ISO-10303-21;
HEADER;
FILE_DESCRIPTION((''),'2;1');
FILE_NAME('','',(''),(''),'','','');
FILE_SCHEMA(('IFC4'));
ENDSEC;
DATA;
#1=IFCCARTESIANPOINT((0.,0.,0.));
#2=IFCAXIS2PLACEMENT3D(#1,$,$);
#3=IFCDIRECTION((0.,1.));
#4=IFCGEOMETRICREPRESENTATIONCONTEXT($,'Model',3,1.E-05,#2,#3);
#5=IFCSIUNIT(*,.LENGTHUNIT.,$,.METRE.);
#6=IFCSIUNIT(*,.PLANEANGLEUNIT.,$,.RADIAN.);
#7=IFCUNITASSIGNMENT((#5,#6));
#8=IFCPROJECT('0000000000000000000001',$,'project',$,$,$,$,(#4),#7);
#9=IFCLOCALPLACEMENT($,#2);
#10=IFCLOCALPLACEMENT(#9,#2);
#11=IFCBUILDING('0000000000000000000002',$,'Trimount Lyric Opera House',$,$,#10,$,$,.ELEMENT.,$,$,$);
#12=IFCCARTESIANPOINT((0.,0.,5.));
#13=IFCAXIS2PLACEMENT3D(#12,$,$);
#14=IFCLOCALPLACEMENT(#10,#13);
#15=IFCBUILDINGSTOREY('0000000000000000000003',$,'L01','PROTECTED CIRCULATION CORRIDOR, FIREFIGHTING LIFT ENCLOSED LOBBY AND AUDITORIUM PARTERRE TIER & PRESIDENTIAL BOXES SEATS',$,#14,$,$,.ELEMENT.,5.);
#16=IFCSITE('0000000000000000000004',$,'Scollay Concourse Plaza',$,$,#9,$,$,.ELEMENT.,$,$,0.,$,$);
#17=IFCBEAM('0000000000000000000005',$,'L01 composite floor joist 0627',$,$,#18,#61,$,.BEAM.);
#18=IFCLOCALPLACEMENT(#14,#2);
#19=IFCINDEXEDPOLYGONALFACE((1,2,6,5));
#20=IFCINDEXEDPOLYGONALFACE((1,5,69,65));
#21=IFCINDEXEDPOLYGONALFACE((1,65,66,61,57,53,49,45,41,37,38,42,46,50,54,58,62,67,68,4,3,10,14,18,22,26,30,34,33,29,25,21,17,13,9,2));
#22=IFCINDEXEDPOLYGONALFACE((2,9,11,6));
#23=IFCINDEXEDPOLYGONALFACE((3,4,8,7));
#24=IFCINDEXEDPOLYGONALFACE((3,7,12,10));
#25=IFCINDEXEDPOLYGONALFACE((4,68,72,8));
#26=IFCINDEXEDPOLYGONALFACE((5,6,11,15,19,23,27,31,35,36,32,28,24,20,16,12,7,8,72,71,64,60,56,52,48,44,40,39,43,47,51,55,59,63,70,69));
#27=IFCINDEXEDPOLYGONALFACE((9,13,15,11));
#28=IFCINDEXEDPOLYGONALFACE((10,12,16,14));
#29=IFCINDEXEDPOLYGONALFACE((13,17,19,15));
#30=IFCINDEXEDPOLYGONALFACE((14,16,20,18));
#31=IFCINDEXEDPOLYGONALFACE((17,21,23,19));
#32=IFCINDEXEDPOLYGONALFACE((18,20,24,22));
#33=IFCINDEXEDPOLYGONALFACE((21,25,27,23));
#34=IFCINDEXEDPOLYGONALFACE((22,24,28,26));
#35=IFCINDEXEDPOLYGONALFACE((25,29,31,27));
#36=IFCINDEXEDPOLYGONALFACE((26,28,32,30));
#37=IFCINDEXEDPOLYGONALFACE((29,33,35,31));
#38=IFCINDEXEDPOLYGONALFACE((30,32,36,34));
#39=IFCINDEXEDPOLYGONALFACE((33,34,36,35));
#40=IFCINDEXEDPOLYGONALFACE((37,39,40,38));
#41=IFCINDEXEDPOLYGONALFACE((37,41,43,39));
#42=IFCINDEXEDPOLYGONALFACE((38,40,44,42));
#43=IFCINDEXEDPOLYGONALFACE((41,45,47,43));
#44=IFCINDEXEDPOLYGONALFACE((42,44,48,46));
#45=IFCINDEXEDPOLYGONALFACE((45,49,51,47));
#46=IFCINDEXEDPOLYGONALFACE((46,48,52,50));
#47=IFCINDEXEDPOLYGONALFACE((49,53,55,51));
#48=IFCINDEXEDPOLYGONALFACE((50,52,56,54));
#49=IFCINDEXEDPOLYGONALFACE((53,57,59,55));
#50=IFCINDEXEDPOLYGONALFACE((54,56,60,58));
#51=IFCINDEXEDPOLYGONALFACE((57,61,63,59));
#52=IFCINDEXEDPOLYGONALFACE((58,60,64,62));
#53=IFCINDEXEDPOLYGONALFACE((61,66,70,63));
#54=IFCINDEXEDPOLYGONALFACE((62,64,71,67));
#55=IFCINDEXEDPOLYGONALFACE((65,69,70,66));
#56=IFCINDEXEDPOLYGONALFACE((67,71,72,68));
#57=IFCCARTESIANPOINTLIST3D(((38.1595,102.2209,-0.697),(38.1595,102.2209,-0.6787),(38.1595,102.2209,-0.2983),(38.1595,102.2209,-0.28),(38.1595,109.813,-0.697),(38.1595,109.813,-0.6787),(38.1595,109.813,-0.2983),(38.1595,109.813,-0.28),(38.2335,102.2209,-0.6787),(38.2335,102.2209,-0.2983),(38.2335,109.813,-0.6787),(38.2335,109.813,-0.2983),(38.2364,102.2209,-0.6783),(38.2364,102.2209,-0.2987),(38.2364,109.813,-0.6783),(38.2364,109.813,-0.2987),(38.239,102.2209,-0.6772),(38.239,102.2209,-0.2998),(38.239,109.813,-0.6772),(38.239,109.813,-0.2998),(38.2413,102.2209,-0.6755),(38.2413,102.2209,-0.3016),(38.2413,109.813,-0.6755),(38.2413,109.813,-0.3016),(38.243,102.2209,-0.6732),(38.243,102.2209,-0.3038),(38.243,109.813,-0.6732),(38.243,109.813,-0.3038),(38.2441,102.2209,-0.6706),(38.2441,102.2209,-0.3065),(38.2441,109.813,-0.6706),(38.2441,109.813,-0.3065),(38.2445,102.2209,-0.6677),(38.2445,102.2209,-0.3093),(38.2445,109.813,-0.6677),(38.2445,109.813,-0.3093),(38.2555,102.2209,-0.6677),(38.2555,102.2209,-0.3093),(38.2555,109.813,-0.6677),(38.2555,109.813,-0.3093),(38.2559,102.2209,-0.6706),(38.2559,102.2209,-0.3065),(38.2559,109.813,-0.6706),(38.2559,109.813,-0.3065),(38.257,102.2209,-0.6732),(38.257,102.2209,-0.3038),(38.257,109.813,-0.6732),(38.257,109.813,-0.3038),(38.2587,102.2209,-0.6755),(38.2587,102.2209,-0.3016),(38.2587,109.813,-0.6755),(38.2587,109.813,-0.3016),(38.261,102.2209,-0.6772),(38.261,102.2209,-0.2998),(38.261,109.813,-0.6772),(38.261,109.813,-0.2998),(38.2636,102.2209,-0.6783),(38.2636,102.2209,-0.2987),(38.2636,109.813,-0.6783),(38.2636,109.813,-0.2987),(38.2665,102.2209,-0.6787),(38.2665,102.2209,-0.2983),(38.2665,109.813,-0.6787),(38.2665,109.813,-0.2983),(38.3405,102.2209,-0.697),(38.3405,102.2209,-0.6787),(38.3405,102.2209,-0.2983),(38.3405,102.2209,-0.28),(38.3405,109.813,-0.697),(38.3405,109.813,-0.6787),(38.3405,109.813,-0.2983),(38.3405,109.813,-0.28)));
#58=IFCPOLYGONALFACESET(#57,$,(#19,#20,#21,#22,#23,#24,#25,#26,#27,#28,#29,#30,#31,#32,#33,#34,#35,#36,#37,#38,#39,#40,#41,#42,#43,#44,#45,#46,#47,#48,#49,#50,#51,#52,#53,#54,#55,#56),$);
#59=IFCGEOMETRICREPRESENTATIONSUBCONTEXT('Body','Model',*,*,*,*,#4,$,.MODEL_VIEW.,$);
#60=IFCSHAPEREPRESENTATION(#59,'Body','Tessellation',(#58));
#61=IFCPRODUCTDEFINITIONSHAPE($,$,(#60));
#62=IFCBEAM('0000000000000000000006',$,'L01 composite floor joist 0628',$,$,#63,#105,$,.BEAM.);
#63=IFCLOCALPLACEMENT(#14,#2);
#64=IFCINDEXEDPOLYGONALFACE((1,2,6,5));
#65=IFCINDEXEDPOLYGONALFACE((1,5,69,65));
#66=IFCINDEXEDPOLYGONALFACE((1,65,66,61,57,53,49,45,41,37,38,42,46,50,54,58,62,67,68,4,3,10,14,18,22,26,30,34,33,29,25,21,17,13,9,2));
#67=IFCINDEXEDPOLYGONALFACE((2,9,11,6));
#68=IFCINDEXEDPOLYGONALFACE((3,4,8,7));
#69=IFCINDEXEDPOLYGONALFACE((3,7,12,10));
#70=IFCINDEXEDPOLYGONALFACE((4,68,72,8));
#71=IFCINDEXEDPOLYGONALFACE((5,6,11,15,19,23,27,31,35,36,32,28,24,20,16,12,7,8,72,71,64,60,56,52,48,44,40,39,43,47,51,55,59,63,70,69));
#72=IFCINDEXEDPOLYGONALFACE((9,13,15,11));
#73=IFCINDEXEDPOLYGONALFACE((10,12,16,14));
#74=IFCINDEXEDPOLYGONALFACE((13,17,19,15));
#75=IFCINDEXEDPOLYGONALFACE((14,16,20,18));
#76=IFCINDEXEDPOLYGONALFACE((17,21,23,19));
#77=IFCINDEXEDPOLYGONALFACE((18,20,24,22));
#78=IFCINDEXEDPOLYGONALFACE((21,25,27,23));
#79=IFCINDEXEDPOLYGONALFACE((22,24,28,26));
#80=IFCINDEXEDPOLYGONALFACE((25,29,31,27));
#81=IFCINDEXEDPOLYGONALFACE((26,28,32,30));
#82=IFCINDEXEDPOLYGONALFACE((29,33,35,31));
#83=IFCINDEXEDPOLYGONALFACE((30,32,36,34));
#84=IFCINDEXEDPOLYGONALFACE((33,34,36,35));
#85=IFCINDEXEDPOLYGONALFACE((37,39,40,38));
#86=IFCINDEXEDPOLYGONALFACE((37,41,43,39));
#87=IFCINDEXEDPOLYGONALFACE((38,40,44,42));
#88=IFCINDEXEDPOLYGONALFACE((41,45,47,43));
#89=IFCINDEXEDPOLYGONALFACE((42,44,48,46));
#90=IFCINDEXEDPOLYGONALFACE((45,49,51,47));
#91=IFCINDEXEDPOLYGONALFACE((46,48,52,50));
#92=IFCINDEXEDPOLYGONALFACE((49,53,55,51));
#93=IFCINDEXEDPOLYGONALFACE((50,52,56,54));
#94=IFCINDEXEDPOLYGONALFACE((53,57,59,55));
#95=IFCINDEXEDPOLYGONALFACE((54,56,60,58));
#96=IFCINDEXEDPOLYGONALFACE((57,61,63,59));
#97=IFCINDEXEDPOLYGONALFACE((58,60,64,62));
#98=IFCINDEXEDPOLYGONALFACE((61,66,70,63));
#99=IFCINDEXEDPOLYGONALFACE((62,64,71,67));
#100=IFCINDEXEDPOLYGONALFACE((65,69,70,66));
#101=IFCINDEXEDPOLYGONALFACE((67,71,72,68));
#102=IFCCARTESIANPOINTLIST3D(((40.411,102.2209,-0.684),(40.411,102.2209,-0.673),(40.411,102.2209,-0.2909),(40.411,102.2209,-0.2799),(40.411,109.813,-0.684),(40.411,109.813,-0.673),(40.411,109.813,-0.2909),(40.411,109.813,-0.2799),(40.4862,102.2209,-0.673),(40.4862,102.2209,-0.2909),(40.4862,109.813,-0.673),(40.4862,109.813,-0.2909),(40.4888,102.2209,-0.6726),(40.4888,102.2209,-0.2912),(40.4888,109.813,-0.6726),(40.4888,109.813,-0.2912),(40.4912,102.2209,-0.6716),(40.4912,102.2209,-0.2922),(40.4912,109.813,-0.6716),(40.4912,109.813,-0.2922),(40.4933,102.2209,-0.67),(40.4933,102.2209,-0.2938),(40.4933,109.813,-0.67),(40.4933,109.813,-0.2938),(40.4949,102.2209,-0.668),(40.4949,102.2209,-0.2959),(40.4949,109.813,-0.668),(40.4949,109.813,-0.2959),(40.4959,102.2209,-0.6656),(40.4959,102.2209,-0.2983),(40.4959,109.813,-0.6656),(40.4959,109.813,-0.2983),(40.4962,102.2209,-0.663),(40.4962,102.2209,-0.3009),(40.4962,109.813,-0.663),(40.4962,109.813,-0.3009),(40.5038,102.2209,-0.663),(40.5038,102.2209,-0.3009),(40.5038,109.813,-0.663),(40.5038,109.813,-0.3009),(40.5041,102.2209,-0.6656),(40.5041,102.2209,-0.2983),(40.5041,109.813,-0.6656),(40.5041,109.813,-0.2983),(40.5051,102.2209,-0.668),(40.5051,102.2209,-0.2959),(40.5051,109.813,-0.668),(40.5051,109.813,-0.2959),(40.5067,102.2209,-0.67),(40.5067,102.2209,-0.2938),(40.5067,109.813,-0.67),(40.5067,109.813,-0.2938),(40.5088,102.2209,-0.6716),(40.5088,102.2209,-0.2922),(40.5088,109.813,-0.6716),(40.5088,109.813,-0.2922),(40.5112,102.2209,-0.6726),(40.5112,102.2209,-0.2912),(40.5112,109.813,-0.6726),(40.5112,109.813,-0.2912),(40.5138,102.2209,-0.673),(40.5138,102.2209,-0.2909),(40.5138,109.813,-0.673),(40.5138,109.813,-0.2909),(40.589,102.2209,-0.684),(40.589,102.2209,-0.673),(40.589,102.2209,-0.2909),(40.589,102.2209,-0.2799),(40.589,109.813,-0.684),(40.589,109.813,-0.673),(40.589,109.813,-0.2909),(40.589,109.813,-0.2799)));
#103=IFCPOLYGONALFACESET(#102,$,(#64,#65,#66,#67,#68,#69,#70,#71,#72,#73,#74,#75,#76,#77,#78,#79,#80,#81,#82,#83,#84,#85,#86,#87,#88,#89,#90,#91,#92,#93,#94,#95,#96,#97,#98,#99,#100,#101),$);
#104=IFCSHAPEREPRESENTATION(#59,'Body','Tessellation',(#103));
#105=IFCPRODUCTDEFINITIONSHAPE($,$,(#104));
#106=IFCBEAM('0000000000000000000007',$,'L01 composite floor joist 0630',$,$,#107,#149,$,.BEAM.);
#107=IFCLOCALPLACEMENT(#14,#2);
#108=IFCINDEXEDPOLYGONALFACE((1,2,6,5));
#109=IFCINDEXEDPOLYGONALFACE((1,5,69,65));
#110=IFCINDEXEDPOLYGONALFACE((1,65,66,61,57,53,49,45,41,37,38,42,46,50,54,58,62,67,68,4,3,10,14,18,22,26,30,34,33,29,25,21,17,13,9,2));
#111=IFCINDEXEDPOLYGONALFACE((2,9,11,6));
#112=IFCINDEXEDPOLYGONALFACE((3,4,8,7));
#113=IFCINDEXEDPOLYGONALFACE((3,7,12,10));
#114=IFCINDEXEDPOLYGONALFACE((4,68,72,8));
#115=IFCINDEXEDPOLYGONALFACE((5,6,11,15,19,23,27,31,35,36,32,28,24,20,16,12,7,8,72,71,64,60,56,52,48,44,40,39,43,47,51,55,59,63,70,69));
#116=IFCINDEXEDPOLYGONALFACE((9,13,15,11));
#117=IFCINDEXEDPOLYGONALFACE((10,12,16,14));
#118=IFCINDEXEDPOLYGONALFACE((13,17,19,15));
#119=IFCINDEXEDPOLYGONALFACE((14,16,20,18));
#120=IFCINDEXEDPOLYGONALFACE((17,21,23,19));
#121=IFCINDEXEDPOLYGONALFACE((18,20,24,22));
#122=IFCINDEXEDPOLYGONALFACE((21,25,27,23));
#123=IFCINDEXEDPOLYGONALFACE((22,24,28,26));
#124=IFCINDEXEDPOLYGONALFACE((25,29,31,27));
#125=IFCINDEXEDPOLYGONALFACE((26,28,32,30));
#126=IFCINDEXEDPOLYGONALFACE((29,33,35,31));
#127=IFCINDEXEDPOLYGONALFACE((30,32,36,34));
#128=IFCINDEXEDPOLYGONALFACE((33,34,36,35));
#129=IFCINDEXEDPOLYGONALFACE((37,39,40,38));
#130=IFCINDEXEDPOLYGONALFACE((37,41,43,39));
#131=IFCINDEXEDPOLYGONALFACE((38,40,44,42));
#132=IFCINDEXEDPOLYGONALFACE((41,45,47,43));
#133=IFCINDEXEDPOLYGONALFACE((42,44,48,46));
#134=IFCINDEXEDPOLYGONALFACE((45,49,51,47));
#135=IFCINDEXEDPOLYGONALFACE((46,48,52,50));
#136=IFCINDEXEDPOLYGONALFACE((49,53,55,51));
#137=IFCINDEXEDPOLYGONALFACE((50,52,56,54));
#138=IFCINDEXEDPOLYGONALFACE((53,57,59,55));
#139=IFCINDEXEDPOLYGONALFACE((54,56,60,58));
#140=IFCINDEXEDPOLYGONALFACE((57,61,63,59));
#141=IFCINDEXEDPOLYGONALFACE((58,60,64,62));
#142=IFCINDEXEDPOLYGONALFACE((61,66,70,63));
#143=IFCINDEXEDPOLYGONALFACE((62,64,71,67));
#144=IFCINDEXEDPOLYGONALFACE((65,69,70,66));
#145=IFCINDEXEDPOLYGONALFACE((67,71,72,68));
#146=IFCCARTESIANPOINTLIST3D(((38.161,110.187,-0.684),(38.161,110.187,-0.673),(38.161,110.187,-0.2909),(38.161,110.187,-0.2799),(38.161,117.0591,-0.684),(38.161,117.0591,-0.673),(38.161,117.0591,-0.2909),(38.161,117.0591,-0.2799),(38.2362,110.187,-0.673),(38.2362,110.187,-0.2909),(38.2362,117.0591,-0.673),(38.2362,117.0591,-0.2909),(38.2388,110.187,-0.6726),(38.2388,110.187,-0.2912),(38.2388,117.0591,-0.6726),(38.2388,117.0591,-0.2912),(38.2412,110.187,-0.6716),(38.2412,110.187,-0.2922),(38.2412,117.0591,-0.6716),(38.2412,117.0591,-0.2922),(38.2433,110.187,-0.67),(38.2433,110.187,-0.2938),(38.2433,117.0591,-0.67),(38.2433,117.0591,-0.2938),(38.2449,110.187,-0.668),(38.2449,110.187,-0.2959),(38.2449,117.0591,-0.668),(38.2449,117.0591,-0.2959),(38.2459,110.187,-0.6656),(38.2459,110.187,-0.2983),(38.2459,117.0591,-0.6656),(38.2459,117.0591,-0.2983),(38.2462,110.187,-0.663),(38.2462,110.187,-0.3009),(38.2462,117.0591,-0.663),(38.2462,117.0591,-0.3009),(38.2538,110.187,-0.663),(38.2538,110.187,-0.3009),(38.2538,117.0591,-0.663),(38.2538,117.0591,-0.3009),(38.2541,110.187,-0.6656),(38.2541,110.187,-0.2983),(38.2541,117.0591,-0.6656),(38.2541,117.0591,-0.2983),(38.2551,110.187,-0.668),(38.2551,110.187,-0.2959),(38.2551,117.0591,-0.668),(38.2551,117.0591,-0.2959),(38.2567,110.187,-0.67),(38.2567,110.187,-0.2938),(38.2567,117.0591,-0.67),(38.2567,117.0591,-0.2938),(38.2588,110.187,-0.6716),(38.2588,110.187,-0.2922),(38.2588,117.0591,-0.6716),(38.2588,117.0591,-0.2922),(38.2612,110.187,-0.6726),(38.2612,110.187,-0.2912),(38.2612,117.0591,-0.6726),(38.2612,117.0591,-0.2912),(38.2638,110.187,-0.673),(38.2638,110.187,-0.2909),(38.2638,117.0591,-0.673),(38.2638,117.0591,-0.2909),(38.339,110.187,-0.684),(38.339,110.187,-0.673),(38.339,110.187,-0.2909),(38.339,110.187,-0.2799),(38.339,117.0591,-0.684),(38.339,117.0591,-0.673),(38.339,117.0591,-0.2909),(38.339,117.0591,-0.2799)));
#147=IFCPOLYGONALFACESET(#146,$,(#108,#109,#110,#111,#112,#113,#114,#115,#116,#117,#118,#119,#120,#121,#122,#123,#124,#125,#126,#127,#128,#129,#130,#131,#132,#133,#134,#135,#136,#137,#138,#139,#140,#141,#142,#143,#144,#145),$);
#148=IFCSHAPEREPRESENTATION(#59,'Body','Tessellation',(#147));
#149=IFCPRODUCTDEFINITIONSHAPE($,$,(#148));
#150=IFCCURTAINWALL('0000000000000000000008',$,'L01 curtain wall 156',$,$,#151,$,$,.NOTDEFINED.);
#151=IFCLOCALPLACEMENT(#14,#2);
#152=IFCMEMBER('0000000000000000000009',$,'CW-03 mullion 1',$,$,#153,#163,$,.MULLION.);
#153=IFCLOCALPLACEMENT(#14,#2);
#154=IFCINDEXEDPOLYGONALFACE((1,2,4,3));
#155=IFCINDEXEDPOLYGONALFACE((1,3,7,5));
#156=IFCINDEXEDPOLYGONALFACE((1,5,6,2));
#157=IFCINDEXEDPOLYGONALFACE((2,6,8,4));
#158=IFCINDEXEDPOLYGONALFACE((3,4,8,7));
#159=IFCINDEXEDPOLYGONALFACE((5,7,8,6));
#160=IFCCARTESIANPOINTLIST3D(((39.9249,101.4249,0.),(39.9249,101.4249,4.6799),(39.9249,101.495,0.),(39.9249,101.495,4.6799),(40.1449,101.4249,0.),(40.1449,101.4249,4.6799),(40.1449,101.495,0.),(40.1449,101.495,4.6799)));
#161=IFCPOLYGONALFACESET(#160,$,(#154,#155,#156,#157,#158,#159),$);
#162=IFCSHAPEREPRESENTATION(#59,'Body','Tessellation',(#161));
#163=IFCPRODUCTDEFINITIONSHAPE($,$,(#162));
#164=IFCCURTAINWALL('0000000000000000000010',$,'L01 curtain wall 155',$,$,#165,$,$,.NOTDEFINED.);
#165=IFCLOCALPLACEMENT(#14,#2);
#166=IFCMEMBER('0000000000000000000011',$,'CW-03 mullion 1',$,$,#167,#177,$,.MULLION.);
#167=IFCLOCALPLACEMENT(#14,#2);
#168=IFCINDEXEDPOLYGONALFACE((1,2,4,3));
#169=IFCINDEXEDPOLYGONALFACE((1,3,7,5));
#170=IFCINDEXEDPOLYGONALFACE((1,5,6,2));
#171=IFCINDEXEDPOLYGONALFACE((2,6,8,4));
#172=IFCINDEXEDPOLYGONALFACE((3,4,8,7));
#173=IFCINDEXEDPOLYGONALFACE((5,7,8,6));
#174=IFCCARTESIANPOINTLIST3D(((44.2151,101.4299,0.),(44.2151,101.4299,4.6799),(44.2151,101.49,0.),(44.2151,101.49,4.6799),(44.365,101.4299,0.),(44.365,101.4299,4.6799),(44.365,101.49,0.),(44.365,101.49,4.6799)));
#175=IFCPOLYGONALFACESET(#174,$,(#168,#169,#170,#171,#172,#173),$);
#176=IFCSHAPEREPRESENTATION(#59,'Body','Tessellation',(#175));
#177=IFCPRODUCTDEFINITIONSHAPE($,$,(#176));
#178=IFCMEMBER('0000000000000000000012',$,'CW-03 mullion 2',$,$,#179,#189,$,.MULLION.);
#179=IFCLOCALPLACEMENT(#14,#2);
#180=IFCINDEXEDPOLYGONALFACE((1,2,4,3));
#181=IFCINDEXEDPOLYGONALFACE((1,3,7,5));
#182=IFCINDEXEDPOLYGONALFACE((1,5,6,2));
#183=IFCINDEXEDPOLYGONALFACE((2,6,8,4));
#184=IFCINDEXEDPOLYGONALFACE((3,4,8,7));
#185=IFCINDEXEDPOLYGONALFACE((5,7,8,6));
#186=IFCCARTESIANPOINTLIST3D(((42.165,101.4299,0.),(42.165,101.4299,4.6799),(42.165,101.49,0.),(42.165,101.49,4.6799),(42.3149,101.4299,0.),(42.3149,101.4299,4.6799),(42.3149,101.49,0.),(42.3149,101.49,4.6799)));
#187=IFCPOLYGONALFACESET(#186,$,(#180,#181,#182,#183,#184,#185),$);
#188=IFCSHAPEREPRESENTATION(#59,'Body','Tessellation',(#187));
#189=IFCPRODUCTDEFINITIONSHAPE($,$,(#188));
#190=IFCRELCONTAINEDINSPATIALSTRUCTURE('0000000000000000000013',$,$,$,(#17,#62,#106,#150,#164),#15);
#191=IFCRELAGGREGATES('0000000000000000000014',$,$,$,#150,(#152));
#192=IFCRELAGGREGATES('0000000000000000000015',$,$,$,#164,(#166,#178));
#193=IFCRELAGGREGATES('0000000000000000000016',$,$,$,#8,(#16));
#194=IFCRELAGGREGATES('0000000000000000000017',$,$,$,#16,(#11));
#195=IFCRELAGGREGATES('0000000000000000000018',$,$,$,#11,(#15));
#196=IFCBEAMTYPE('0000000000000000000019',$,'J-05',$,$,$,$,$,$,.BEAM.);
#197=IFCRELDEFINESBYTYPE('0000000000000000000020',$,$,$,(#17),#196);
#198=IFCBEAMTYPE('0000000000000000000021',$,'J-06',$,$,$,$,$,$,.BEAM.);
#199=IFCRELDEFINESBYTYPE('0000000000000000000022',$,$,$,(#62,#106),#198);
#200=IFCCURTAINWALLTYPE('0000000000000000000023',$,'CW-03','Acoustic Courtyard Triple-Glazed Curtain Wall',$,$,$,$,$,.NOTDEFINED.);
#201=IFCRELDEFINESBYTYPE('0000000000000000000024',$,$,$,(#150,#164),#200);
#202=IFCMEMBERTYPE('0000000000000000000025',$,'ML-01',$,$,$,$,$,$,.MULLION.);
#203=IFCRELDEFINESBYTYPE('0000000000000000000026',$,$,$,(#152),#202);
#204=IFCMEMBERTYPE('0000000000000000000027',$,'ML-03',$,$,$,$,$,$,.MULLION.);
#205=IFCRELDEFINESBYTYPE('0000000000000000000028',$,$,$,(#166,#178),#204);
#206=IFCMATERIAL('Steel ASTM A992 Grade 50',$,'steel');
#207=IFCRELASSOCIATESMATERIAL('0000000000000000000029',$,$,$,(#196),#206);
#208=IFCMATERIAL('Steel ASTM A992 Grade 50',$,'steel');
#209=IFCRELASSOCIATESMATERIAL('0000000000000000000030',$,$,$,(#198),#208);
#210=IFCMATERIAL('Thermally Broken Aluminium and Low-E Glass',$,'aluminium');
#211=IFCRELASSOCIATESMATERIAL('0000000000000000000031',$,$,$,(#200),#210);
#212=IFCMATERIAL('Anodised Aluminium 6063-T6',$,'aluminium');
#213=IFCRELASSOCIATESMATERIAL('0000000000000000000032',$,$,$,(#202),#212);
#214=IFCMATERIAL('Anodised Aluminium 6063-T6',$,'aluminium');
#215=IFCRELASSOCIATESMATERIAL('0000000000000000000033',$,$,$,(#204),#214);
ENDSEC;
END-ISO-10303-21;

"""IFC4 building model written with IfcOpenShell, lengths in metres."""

from ifc_helpers import new_model, si_unit, direction, frame, origin, origin_2d, place, context, subcontext, project, spatial, rectangle, i_section, extrude, material, material_profile, profile_set, type_object, element, aggregate, save


model = new_model("IFC4")

# Units and contexts
model_context = context("Model", 3, precision=1e-05, world=origin(), true_north=direction((0.0, 1.0)))
body_context = subcontext(model_context, "Body", "Model", "MODEL_VIEW")
ifc_project = project(units=[si_unit("LENGTHUNIT", "METRE"), si_unit("PLANEANGLEUNIT", "RADIAN")], contexts=[model_context])

# Site, building, storey
site_placement = place(None, origin())
site = spatial("IfcSite", under=ifc_project, at=site_placement, Name="Scollay Concourse Plaza", CompositionType="ELEMENT", RefElevation=0.0)
building_placement = place(site_placement, origin())
building = spatial("IfcBuilding", under=site, at=building_placement, Name="Trimount Lyric Opera House", CompositionType="ELEMENT")
storey_placement = place(building_placement, frame((0.0, 0.0, 5.0)))
storey = spatial("IfcBuildingStorey", under=building, at=storey_placement, Name="L01", Description="PROTECTED CIRCULATION CORRIDOR, FIREFIGHTING LIFT ENCLOSED LOBBY AND AUDITORIUM PARTERRE TIER & PRESIDENTIAL BOXES SEATS", CompositionType="ELEMENT", Elevation=5.0)

# Beams
ifc_material_1 = material(Name="Steel ASTM A992 Grade 50", Category="steel")
ifc_material_profile_1 = material_profile(ifc_material_1, i_section(OverallWidth=0.1809, OverallDepth=0.417, WebThickness=0.011, FlangeThickness=0.0183, FilletRadius=0.011, at=origin_2d()), Name="W16X57")
ifc_profile_set_1 = profile_set([ifc_material_profile_1], Name="Steel ASTM A992 Grade 50")
beam_type_1 = type_object("IfcBeamType", Name="J-05", PredefinedType="BEAM", material=ifc_profile_set_1)
beam_1_placement = place(storey_placement, frame((38.25, 102.2209, -0.4885), z_axis=(0.0, 1.0, 0.0), x_axis=(-1.0, 0.0, 0.0)))
element("IfcBeam", 1, at=beam_1_placement, inside=storey, type_object=beam_type_1, Name="L01 composite floor joist 0627", PredefinedType="BEAM", context=body_context, shape_type="SweptSolid", body=[
    extrude(i_section(OverallWidth=0.1809, OverallDepth=0.417, WebThickness=0.011, FlangeThickness=0.0183, FilletRadius=0.011, at=origin_2d()), origin(), (0.0, 0.0, 1.0), 7.592),
])
ifc_material_2 = material(Name="Steel ASTM A992 Grade 50", Category="steel")
ifc_material_profile_2 = material_profile(ifc_material_2, i_section(OverallWidth=0.178, OverallDepth=0.4041, WebThickness=0.0076, FlangeThickness=0.011, FilletRadius=0.01, at=origin_2d()), Name="W16X36")
ifc_profile_set_2 = profile_set([ifc_material_profile_2], Name="Steel ASTM A992 Grade 50")
beam_type_2 = type_object("IfcBeamType", Name="J-06", PredefinedType="BEAM", material=ifc_profile_set_2)
beam_2_placement = place(storey_placement, frame((40.5, 102.2209, -0.4819), z_axis=(0.0, 1.0, 0.0), x_axis=(-1.0, 0.0, 0.0)))
element("IfcBeam", 2, at=beam_2_placement, inside=storey, type_object=beam_type_2, Name="L01 composite floor joist 0628", PredefinedType="BEAM", context=body_context, shape_type="SweptSolid", body=[
    extrude(i_section(OverallWidth=0.178, OverallDepth=0.4041, WebThickness=0.0076, FlangeThickness=0.011, FilletRadius=0.01, at=origin_2d()), origin(), (0.0, 0.0, 1.0), 7.592),
])
beam_3_placement = place(storey_placement, frame((38.25, 110.187, -0.4819), z_axis=(0.0, 1.0, 0.0), x_axis=(-1.0, 0.0, 0.0)))
element("IfcBeam", 3, at=beam_3_placement, inside=storey, type_object=beam_type_2, Name="L01 composite floor joist 0630", PredefinedType="BEAM", context=body_context, shape_type="SweptSolid", body=[
    extrude(i_section(OverallWidth=0.178, OverallDepth=0.4041, WebThickness=0.0076, FlangeThickness=0.011, FilletRadius=0.01, at=origin_2d()), origin(), (0.0, 0.0, 1.0), 6.8721),
])

# Curtain wall, member
ifc_material_3 = material(Name="Thermally Broken Aluminium and Low-E Glass", Category="aluminium")
curtain_wall_type = type_object("IfcCurtainWallType", Name="CW-03", Description="Acoustic Courtyard Triple-Glazed Curtain Wall", PredefinedType="NOTDEFINED", material=ifc_material_3)
curtain_wall_1_placement = place(storey_placement, origin())
curtain_wall_1 = element("IfcCurtainWall", 4, at=curtain_wall_1_placement, inside=storey, type_object=curtain_wall_type, Name="L01 curtain wall 156", PredefinedType="NOTDEFINED")
ifc_material_4 = material(Name="Anodised Aluminium 6063-T6", Category="aluminium")
ifc_material_profile_3 = material_profile(ifc_material_4, rectangle(XDim=0.0701, YDim=0.22, at=origin_2d()), Name="ALU-MULL-70X220")
ifc_profile_set_3 = profile_set([ifc_material_profile_3], Name="Anodised Aluminium 6063-T6")
member_type_1 = type_object("IfcMemberType", Name="ML-01", PredefinedType="MULLION", material=ifc_profile_set_3)
member_1_placement = place(storey_placement, frame((40.0349, 101.46, 0.0), z_axis=(0.0, 0.0, 1.0), x_axis=(0.0, -1.0, 0.0)))
member_1 = element("IfcMember", 5, at=member_1_placement, type_object=member_type_1, Name="CW-03 mullion 1", PredefinedType="MULLION", context=body_context, shape_type="SweptSolid", body=[
    extrude(rectangle(XDim=0.0701, YDim=0.22, at=origin_2d()), origin(), (0.0, 0.0, 1.0), 4.6799),
])

# Curtain wall, members
curtain_wall_2_placement = place(storey_placement, origin())
curtain_wall_2 = element("IfcCurtainWall", 6, at=curtain_wall_2_placement, inside=storey, type_object=curtain_wall_type, Name="L01 curtain wall 155", PredefinedType="NOTDEFINED")
ifc_material_5 = material(Name="Anodised Aluminium 6063-T6", Category="aluminium")
ifc_material_profile_4 = material_profile(ifc_material_5, rectangle(XDim=0.0601, YDim=0.1499, at=origin_2d()), Name="ALU-MULL-60X150")
ifc_profile_set_4 = profile_set([ifc_material_profile_4], Name="Anodised Aluminium 6063-T6")
member_type_2 = type_object("IfcMemberType", Name="ML-03", PredefinedType="MULLION", material=ifc_profile_set_4)
member_2_placement = place(storey_placement, frame((44.29, 101.46, 0.0), z_axis=(0.0, 0.0, 1.0), x_axis=(0.0, -1.0, 0.0)))
member_2 = element("IfcMember", 7, at=member_2_placement, type_object=member_type_2, Name="CW-03 mullion 1", PredefinedType="MULLION", context=body_context, shape_type="SweptSolid", body=[
    extrude(rectangle(XDim=0.0601, YDim=0.1499, at=origin_2d()), origin(), (0.0, 0.0, 1.0), 4.6799),
])
member_3_placement = place(storey_placement, frame((42.24, 101.46, 0.0), z_axis=(0.0, 0.0, 1.0), x_axis=(0.0, -1.0, 0.0)))
member_3 = element("IfcMember", 8, at=member_3_placement, type_object=member_type_2, Name="CW-03 mullion 2", PredefinedType="MULLION", context=body_context, shape_type="SweptSolid", body=[
    extrude(rectangle(XDim=0.0601, YDim=0.1499, at=origin_2d()), origin(), (0.0, 0.0, 1.0), 4.6799),
])

aggregate(curtain_wall_1, [member_1])

aggregate(curtain_wall_2, [member_2, member_3])

save(model, "model.ifc")
